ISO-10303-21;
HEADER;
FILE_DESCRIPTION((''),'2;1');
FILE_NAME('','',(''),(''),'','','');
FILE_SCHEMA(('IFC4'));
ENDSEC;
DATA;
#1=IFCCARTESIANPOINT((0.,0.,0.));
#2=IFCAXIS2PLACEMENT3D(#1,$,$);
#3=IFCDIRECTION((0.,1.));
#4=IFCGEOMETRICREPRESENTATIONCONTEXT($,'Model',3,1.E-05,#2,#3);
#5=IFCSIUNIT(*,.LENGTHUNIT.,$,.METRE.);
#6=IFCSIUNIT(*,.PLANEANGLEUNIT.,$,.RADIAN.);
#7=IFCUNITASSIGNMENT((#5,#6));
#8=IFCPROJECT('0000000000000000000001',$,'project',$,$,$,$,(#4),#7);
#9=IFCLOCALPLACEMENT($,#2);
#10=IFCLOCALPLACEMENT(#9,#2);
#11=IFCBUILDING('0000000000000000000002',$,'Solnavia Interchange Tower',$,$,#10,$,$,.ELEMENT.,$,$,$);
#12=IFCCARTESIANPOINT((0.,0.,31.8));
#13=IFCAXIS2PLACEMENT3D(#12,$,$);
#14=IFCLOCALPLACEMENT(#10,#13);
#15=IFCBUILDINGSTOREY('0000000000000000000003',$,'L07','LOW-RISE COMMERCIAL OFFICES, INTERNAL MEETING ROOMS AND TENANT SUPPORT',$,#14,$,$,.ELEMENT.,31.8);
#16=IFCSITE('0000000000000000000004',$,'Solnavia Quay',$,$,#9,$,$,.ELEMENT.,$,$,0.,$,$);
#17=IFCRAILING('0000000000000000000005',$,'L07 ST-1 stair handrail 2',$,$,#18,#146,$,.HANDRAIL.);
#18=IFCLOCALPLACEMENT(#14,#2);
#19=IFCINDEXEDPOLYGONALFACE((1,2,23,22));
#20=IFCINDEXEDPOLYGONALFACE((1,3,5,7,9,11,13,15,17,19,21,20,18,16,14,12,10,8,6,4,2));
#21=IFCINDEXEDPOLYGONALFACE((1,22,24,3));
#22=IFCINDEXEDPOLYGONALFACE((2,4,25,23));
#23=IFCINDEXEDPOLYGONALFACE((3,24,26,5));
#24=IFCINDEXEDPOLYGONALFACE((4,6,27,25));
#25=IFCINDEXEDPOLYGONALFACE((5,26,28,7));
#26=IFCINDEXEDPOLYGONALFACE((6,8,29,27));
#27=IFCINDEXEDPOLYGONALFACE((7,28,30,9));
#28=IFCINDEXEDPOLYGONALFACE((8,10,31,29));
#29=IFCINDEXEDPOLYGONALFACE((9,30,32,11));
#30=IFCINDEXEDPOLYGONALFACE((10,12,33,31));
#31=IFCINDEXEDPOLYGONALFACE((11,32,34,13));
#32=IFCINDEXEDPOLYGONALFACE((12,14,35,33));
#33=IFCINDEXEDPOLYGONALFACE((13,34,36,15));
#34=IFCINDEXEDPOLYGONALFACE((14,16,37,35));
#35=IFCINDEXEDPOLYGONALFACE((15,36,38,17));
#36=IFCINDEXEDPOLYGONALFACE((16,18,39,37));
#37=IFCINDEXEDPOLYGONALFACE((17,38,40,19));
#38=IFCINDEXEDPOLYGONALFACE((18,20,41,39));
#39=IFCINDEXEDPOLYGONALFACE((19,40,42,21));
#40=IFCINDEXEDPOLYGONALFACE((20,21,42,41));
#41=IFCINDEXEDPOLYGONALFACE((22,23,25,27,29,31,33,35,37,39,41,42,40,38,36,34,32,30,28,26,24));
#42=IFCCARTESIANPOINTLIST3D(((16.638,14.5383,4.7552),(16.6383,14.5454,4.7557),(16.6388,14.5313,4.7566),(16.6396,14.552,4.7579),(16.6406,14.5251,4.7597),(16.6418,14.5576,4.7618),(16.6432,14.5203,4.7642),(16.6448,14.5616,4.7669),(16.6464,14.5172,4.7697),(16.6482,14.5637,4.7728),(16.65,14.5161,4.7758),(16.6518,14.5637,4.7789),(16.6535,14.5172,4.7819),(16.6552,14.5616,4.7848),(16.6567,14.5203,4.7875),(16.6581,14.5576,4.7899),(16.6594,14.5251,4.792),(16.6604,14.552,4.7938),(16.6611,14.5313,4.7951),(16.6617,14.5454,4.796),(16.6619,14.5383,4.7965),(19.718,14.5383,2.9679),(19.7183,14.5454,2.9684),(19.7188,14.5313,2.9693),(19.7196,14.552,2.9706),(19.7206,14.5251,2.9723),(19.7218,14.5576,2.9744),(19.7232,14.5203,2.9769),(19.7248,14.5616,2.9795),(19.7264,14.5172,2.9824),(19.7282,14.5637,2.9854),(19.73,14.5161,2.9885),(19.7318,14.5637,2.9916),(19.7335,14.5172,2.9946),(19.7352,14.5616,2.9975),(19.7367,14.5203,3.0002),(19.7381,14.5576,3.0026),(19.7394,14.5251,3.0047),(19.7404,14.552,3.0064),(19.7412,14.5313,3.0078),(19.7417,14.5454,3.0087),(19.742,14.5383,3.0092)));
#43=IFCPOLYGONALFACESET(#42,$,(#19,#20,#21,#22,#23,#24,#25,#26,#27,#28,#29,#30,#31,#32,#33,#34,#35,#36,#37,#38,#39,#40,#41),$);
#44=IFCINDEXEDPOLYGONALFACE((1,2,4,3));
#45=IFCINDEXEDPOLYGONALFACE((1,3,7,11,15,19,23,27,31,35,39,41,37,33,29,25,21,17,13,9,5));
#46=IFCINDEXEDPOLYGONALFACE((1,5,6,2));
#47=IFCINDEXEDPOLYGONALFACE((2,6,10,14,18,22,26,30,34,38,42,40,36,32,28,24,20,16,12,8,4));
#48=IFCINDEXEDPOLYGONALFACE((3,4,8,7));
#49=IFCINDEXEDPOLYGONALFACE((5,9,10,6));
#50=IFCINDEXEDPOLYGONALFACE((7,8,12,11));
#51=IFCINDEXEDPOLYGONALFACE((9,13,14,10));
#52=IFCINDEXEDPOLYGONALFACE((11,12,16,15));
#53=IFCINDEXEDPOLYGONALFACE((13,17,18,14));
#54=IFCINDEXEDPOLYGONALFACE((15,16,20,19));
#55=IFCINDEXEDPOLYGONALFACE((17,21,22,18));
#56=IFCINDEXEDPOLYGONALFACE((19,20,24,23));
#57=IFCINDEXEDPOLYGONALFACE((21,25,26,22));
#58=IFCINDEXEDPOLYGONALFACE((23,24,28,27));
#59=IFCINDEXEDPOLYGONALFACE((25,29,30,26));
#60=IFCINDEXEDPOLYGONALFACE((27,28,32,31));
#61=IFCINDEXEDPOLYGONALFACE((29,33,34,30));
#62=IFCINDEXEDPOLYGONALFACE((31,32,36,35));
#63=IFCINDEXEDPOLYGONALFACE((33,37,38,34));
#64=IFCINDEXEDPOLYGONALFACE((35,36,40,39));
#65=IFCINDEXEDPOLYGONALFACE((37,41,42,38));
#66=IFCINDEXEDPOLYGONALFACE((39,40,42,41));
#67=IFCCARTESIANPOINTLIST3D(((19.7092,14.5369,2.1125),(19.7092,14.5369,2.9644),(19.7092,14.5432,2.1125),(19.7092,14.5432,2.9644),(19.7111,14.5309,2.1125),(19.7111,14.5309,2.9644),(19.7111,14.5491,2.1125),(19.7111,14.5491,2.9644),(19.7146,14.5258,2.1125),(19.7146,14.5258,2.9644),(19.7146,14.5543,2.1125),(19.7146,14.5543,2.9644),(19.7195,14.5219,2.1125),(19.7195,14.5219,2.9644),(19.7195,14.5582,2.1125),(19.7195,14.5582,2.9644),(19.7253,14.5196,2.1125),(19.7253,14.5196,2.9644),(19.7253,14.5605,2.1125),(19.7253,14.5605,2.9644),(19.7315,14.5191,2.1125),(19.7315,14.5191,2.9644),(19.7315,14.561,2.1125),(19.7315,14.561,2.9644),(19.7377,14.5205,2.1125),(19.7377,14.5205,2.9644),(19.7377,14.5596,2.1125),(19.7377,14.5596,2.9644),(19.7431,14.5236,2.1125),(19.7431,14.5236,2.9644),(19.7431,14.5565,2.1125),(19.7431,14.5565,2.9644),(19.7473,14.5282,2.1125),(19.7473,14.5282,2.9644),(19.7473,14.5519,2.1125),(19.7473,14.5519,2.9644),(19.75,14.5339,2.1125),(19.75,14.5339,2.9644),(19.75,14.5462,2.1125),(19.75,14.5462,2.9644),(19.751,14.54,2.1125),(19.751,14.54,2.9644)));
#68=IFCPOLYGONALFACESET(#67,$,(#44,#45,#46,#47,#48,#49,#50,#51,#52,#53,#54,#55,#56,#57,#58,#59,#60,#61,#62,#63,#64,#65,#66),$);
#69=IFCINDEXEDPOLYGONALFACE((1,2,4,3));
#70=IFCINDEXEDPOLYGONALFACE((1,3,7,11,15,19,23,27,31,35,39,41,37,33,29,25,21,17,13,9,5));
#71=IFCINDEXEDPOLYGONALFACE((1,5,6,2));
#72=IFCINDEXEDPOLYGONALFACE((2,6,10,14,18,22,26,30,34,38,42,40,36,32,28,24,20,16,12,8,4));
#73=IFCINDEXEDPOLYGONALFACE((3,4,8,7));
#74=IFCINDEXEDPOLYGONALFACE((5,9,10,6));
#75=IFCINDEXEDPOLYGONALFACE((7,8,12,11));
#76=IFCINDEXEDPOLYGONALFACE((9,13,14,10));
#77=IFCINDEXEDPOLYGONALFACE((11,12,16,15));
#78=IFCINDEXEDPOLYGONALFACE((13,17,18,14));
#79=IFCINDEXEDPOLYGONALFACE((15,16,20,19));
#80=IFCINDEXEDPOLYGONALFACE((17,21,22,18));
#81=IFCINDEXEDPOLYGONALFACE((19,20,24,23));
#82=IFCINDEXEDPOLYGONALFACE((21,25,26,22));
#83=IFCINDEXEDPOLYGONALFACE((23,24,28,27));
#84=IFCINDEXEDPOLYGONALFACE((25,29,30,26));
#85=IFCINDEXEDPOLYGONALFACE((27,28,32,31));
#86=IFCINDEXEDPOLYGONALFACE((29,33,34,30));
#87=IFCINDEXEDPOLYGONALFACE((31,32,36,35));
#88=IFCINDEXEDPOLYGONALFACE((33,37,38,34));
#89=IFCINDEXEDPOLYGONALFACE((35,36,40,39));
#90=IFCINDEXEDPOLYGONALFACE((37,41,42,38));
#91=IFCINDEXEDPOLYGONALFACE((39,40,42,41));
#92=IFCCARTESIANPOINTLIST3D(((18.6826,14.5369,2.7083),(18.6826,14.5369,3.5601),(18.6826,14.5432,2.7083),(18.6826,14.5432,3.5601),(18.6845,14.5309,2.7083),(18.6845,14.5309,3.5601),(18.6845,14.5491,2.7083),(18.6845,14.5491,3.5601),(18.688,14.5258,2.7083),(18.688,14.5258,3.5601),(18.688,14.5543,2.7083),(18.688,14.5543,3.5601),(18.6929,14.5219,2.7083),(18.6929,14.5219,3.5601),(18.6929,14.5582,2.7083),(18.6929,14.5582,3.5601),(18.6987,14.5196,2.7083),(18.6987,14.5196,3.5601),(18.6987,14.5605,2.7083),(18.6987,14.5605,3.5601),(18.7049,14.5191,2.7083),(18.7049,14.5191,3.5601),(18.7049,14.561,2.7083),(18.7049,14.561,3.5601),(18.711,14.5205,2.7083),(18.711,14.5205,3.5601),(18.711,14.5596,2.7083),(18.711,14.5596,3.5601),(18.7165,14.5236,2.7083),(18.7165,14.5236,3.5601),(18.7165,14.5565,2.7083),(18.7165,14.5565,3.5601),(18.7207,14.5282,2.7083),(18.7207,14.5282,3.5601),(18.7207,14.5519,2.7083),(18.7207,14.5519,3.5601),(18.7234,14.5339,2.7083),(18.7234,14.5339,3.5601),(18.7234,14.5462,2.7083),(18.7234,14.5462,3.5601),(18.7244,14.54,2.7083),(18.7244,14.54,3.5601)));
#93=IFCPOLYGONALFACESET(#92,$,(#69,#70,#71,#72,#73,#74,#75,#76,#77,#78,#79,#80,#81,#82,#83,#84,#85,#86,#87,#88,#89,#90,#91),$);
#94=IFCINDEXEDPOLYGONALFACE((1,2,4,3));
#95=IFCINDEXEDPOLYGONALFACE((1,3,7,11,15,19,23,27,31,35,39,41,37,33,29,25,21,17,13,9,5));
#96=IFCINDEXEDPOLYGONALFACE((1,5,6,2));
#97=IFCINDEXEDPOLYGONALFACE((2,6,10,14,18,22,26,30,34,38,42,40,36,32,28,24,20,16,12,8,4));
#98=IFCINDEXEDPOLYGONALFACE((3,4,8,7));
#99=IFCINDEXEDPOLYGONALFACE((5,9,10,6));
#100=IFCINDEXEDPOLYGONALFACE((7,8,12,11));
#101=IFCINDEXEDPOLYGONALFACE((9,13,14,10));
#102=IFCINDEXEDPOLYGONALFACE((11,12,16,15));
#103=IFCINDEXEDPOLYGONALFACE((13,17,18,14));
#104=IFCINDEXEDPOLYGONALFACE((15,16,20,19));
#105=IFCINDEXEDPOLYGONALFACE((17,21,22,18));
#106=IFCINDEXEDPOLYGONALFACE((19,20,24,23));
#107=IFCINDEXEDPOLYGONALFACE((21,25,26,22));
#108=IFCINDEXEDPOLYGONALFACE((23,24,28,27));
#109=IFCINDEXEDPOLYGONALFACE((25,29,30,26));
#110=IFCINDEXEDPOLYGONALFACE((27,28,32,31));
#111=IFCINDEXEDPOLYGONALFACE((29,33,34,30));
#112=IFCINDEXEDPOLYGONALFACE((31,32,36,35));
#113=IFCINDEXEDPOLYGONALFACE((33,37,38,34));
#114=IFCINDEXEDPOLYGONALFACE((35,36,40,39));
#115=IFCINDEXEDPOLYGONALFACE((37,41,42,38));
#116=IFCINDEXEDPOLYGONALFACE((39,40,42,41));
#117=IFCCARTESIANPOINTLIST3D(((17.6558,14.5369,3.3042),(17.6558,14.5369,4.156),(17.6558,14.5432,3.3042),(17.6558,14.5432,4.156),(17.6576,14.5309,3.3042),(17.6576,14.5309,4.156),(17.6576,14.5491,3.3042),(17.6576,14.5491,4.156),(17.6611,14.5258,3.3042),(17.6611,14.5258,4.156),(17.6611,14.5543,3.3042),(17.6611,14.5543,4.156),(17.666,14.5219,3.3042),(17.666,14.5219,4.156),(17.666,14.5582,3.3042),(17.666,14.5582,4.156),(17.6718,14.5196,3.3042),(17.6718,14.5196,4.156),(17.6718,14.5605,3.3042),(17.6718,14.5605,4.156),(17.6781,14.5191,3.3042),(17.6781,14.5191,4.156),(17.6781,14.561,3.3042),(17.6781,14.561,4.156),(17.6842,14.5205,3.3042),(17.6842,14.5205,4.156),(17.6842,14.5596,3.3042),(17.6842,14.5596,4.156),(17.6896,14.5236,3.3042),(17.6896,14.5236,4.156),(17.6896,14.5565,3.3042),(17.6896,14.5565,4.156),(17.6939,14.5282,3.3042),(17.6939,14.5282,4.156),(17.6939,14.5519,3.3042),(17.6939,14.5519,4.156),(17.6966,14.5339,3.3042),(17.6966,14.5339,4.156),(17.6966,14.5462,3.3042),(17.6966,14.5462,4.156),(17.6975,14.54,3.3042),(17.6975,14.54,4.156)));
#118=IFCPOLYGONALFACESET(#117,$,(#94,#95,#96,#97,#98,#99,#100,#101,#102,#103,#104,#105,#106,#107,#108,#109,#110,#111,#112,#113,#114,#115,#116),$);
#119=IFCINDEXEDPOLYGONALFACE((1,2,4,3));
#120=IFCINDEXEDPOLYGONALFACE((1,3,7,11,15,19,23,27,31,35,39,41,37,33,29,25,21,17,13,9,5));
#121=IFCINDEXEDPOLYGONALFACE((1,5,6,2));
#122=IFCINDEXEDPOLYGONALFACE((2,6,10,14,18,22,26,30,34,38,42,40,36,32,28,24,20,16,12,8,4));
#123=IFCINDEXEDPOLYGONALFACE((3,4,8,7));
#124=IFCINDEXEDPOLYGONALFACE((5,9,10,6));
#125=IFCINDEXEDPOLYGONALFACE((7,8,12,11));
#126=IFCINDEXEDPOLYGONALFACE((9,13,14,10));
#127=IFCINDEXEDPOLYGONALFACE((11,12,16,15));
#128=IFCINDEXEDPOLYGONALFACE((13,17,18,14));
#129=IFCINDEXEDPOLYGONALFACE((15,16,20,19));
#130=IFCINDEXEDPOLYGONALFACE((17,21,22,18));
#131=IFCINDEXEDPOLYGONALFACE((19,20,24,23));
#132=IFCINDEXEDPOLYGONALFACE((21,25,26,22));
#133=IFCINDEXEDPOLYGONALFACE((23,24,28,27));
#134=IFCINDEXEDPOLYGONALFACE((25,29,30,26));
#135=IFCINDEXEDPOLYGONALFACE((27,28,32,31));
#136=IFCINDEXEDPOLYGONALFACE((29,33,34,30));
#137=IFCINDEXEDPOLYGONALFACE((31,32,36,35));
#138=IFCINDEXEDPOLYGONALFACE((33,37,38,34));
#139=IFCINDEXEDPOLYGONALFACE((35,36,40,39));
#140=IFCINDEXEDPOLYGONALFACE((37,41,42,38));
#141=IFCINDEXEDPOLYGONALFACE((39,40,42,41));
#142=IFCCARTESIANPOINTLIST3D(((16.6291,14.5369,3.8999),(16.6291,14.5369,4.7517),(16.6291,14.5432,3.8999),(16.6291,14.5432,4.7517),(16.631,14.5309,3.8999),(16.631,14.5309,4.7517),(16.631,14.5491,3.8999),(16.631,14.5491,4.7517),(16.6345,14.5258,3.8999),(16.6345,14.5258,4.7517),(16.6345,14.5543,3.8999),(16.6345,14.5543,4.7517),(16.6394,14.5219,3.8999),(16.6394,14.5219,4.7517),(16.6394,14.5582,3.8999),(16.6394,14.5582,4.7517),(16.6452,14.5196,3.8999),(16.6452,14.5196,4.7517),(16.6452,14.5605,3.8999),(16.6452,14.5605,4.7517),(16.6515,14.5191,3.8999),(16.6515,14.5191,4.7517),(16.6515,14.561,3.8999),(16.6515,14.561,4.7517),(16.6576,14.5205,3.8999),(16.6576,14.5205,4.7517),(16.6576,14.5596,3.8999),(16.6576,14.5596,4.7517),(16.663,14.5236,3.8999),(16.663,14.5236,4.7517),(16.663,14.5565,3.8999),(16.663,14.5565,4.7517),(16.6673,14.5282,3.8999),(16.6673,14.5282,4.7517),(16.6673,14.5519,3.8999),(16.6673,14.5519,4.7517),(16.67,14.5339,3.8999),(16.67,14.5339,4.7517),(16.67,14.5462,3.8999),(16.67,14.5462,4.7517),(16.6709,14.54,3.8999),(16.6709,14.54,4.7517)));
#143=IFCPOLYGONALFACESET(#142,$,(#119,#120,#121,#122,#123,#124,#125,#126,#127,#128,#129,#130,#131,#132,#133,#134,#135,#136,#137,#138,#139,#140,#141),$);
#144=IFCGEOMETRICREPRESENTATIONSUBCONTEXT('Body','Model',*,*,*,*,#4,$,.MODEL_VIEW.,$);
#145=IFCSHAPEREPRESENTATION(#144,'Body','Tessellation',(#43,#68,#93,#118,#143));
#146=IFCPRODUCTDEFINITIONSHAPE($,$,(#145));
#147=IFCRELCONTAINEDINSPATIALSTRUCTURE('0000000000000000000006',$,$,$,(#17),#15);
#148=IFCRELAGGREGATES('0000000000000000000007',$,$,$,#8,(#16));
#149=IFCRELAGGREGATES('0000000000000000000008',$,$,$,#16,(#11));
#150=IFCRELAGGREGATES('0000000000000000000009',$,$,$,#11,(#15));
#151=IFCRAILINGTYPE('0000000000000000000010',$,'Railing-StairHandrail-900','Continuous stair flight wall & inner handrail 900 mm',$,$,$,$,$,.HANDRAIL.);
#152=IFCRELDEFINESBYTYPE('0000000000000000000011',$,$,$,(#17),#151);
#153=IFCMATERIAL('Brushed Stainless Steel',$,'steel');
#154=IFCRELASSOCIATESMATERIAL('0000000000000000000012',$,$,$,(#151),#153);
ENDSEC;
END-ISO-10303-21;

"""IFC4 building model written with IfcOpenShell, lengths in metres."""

from ifc_helpers import new_model, si_unit, direction, frame, origin, origin_2d, place, context, subcontext, project, spatial, circle, extrude, material, type_object, element, save


model = new_model("IFC4")

# Units and contexts
model_context = context("Model", 3, precision=1e-05, world=origin(), true_north=direction((0.0, 1.0)))
body_context = subcontext(model_context, "Body", "Model", "MODEL_VIEW")
ifc_project = project(units=[si_unit("LENGTHUNIT", "METRE"), si_unit("PLANEANGLEUNIT", "RADIAN")], contexts=[model_context])

# Site, building, storey
site_placement = place(None, origin())
site = spatial("IfcSite", under=ifc_project, at=site_placement, Name="Solnavia Quay", CompositionType="ELEMENT", RefElevation=0.0)
building_placement = place(site_placement, origin())
building = spatial("IfcBuilding", under=site, at=building_placement, Name="Solnavia Interchange Tower", CompositionType="ELEMENT")
storey_placement = place(building_placement, frame((0.0, 0.0, 31.8)))
storey = spatial("IfcBuildingStorey", under=building, at=storey_placement, Name="L07", Description="LOW-RISE COMMERCIAL OFFICES, INTERNAL MEETING ROOMS AND TENANT SUPPORT", CompositionType="ELEMENT", Elevation=31.8)

# Railing
ifc_material_1 = material(Name="Brushed Stainless Steel", Category="steel")
railing_type_1 = type_object("IfcRailingType", Name="Railing-StairHandrail-900", Description="Continuous stair flight wall & inner handrail 900 mm", PredefinedType="HANDRAIL", material=ifc_material_1)
railing_1_placement = place(storey_placement, frame((19.73, 14.54, 2.1125)))
element("IfcRailing", 1, at=railing_1_placement, inside=storey, type_object=railing_type_1, Name="L07 ST-1 stair handrail 2", PredefinedType="HANDRAIL", context=body_context, shape_type="SweptSolid", body=[
    extrude(circle(Radius=0.0239, at=origin_2d()), frame((0.0, 0.0, 0.876), z_axis=(-0.86492, 0.0, 0.501909), x_axis=(0.0, -1.0, 0.0)), (0.0, 0.0, 1.0), 3.561),
    extrude(circle(Radius=0.021, at=origin_2d()), origin(), (0.0, 0.0, 1.0), 0.8518),
    extrude(circle(Radius=0.021, at=origin_2d()), frame((-1.0266, 0.0, 0.5957)), (0.0, 0.0, 1.0), 0.8518),
    extrude(circle(Radius=0.021, at=origin_2d()), frame((-2.0535, 0.0, 1.1917)), (0.0, 0.0, 1.0), 0.8518),
    extrude(circle(Radius=0.021, at=origin_2d()), frame((-3.0801, 0.0, 1.7874)), (0.0, 0.0, 1.0), 0.8518),
])

save(model, "model.ifc")
